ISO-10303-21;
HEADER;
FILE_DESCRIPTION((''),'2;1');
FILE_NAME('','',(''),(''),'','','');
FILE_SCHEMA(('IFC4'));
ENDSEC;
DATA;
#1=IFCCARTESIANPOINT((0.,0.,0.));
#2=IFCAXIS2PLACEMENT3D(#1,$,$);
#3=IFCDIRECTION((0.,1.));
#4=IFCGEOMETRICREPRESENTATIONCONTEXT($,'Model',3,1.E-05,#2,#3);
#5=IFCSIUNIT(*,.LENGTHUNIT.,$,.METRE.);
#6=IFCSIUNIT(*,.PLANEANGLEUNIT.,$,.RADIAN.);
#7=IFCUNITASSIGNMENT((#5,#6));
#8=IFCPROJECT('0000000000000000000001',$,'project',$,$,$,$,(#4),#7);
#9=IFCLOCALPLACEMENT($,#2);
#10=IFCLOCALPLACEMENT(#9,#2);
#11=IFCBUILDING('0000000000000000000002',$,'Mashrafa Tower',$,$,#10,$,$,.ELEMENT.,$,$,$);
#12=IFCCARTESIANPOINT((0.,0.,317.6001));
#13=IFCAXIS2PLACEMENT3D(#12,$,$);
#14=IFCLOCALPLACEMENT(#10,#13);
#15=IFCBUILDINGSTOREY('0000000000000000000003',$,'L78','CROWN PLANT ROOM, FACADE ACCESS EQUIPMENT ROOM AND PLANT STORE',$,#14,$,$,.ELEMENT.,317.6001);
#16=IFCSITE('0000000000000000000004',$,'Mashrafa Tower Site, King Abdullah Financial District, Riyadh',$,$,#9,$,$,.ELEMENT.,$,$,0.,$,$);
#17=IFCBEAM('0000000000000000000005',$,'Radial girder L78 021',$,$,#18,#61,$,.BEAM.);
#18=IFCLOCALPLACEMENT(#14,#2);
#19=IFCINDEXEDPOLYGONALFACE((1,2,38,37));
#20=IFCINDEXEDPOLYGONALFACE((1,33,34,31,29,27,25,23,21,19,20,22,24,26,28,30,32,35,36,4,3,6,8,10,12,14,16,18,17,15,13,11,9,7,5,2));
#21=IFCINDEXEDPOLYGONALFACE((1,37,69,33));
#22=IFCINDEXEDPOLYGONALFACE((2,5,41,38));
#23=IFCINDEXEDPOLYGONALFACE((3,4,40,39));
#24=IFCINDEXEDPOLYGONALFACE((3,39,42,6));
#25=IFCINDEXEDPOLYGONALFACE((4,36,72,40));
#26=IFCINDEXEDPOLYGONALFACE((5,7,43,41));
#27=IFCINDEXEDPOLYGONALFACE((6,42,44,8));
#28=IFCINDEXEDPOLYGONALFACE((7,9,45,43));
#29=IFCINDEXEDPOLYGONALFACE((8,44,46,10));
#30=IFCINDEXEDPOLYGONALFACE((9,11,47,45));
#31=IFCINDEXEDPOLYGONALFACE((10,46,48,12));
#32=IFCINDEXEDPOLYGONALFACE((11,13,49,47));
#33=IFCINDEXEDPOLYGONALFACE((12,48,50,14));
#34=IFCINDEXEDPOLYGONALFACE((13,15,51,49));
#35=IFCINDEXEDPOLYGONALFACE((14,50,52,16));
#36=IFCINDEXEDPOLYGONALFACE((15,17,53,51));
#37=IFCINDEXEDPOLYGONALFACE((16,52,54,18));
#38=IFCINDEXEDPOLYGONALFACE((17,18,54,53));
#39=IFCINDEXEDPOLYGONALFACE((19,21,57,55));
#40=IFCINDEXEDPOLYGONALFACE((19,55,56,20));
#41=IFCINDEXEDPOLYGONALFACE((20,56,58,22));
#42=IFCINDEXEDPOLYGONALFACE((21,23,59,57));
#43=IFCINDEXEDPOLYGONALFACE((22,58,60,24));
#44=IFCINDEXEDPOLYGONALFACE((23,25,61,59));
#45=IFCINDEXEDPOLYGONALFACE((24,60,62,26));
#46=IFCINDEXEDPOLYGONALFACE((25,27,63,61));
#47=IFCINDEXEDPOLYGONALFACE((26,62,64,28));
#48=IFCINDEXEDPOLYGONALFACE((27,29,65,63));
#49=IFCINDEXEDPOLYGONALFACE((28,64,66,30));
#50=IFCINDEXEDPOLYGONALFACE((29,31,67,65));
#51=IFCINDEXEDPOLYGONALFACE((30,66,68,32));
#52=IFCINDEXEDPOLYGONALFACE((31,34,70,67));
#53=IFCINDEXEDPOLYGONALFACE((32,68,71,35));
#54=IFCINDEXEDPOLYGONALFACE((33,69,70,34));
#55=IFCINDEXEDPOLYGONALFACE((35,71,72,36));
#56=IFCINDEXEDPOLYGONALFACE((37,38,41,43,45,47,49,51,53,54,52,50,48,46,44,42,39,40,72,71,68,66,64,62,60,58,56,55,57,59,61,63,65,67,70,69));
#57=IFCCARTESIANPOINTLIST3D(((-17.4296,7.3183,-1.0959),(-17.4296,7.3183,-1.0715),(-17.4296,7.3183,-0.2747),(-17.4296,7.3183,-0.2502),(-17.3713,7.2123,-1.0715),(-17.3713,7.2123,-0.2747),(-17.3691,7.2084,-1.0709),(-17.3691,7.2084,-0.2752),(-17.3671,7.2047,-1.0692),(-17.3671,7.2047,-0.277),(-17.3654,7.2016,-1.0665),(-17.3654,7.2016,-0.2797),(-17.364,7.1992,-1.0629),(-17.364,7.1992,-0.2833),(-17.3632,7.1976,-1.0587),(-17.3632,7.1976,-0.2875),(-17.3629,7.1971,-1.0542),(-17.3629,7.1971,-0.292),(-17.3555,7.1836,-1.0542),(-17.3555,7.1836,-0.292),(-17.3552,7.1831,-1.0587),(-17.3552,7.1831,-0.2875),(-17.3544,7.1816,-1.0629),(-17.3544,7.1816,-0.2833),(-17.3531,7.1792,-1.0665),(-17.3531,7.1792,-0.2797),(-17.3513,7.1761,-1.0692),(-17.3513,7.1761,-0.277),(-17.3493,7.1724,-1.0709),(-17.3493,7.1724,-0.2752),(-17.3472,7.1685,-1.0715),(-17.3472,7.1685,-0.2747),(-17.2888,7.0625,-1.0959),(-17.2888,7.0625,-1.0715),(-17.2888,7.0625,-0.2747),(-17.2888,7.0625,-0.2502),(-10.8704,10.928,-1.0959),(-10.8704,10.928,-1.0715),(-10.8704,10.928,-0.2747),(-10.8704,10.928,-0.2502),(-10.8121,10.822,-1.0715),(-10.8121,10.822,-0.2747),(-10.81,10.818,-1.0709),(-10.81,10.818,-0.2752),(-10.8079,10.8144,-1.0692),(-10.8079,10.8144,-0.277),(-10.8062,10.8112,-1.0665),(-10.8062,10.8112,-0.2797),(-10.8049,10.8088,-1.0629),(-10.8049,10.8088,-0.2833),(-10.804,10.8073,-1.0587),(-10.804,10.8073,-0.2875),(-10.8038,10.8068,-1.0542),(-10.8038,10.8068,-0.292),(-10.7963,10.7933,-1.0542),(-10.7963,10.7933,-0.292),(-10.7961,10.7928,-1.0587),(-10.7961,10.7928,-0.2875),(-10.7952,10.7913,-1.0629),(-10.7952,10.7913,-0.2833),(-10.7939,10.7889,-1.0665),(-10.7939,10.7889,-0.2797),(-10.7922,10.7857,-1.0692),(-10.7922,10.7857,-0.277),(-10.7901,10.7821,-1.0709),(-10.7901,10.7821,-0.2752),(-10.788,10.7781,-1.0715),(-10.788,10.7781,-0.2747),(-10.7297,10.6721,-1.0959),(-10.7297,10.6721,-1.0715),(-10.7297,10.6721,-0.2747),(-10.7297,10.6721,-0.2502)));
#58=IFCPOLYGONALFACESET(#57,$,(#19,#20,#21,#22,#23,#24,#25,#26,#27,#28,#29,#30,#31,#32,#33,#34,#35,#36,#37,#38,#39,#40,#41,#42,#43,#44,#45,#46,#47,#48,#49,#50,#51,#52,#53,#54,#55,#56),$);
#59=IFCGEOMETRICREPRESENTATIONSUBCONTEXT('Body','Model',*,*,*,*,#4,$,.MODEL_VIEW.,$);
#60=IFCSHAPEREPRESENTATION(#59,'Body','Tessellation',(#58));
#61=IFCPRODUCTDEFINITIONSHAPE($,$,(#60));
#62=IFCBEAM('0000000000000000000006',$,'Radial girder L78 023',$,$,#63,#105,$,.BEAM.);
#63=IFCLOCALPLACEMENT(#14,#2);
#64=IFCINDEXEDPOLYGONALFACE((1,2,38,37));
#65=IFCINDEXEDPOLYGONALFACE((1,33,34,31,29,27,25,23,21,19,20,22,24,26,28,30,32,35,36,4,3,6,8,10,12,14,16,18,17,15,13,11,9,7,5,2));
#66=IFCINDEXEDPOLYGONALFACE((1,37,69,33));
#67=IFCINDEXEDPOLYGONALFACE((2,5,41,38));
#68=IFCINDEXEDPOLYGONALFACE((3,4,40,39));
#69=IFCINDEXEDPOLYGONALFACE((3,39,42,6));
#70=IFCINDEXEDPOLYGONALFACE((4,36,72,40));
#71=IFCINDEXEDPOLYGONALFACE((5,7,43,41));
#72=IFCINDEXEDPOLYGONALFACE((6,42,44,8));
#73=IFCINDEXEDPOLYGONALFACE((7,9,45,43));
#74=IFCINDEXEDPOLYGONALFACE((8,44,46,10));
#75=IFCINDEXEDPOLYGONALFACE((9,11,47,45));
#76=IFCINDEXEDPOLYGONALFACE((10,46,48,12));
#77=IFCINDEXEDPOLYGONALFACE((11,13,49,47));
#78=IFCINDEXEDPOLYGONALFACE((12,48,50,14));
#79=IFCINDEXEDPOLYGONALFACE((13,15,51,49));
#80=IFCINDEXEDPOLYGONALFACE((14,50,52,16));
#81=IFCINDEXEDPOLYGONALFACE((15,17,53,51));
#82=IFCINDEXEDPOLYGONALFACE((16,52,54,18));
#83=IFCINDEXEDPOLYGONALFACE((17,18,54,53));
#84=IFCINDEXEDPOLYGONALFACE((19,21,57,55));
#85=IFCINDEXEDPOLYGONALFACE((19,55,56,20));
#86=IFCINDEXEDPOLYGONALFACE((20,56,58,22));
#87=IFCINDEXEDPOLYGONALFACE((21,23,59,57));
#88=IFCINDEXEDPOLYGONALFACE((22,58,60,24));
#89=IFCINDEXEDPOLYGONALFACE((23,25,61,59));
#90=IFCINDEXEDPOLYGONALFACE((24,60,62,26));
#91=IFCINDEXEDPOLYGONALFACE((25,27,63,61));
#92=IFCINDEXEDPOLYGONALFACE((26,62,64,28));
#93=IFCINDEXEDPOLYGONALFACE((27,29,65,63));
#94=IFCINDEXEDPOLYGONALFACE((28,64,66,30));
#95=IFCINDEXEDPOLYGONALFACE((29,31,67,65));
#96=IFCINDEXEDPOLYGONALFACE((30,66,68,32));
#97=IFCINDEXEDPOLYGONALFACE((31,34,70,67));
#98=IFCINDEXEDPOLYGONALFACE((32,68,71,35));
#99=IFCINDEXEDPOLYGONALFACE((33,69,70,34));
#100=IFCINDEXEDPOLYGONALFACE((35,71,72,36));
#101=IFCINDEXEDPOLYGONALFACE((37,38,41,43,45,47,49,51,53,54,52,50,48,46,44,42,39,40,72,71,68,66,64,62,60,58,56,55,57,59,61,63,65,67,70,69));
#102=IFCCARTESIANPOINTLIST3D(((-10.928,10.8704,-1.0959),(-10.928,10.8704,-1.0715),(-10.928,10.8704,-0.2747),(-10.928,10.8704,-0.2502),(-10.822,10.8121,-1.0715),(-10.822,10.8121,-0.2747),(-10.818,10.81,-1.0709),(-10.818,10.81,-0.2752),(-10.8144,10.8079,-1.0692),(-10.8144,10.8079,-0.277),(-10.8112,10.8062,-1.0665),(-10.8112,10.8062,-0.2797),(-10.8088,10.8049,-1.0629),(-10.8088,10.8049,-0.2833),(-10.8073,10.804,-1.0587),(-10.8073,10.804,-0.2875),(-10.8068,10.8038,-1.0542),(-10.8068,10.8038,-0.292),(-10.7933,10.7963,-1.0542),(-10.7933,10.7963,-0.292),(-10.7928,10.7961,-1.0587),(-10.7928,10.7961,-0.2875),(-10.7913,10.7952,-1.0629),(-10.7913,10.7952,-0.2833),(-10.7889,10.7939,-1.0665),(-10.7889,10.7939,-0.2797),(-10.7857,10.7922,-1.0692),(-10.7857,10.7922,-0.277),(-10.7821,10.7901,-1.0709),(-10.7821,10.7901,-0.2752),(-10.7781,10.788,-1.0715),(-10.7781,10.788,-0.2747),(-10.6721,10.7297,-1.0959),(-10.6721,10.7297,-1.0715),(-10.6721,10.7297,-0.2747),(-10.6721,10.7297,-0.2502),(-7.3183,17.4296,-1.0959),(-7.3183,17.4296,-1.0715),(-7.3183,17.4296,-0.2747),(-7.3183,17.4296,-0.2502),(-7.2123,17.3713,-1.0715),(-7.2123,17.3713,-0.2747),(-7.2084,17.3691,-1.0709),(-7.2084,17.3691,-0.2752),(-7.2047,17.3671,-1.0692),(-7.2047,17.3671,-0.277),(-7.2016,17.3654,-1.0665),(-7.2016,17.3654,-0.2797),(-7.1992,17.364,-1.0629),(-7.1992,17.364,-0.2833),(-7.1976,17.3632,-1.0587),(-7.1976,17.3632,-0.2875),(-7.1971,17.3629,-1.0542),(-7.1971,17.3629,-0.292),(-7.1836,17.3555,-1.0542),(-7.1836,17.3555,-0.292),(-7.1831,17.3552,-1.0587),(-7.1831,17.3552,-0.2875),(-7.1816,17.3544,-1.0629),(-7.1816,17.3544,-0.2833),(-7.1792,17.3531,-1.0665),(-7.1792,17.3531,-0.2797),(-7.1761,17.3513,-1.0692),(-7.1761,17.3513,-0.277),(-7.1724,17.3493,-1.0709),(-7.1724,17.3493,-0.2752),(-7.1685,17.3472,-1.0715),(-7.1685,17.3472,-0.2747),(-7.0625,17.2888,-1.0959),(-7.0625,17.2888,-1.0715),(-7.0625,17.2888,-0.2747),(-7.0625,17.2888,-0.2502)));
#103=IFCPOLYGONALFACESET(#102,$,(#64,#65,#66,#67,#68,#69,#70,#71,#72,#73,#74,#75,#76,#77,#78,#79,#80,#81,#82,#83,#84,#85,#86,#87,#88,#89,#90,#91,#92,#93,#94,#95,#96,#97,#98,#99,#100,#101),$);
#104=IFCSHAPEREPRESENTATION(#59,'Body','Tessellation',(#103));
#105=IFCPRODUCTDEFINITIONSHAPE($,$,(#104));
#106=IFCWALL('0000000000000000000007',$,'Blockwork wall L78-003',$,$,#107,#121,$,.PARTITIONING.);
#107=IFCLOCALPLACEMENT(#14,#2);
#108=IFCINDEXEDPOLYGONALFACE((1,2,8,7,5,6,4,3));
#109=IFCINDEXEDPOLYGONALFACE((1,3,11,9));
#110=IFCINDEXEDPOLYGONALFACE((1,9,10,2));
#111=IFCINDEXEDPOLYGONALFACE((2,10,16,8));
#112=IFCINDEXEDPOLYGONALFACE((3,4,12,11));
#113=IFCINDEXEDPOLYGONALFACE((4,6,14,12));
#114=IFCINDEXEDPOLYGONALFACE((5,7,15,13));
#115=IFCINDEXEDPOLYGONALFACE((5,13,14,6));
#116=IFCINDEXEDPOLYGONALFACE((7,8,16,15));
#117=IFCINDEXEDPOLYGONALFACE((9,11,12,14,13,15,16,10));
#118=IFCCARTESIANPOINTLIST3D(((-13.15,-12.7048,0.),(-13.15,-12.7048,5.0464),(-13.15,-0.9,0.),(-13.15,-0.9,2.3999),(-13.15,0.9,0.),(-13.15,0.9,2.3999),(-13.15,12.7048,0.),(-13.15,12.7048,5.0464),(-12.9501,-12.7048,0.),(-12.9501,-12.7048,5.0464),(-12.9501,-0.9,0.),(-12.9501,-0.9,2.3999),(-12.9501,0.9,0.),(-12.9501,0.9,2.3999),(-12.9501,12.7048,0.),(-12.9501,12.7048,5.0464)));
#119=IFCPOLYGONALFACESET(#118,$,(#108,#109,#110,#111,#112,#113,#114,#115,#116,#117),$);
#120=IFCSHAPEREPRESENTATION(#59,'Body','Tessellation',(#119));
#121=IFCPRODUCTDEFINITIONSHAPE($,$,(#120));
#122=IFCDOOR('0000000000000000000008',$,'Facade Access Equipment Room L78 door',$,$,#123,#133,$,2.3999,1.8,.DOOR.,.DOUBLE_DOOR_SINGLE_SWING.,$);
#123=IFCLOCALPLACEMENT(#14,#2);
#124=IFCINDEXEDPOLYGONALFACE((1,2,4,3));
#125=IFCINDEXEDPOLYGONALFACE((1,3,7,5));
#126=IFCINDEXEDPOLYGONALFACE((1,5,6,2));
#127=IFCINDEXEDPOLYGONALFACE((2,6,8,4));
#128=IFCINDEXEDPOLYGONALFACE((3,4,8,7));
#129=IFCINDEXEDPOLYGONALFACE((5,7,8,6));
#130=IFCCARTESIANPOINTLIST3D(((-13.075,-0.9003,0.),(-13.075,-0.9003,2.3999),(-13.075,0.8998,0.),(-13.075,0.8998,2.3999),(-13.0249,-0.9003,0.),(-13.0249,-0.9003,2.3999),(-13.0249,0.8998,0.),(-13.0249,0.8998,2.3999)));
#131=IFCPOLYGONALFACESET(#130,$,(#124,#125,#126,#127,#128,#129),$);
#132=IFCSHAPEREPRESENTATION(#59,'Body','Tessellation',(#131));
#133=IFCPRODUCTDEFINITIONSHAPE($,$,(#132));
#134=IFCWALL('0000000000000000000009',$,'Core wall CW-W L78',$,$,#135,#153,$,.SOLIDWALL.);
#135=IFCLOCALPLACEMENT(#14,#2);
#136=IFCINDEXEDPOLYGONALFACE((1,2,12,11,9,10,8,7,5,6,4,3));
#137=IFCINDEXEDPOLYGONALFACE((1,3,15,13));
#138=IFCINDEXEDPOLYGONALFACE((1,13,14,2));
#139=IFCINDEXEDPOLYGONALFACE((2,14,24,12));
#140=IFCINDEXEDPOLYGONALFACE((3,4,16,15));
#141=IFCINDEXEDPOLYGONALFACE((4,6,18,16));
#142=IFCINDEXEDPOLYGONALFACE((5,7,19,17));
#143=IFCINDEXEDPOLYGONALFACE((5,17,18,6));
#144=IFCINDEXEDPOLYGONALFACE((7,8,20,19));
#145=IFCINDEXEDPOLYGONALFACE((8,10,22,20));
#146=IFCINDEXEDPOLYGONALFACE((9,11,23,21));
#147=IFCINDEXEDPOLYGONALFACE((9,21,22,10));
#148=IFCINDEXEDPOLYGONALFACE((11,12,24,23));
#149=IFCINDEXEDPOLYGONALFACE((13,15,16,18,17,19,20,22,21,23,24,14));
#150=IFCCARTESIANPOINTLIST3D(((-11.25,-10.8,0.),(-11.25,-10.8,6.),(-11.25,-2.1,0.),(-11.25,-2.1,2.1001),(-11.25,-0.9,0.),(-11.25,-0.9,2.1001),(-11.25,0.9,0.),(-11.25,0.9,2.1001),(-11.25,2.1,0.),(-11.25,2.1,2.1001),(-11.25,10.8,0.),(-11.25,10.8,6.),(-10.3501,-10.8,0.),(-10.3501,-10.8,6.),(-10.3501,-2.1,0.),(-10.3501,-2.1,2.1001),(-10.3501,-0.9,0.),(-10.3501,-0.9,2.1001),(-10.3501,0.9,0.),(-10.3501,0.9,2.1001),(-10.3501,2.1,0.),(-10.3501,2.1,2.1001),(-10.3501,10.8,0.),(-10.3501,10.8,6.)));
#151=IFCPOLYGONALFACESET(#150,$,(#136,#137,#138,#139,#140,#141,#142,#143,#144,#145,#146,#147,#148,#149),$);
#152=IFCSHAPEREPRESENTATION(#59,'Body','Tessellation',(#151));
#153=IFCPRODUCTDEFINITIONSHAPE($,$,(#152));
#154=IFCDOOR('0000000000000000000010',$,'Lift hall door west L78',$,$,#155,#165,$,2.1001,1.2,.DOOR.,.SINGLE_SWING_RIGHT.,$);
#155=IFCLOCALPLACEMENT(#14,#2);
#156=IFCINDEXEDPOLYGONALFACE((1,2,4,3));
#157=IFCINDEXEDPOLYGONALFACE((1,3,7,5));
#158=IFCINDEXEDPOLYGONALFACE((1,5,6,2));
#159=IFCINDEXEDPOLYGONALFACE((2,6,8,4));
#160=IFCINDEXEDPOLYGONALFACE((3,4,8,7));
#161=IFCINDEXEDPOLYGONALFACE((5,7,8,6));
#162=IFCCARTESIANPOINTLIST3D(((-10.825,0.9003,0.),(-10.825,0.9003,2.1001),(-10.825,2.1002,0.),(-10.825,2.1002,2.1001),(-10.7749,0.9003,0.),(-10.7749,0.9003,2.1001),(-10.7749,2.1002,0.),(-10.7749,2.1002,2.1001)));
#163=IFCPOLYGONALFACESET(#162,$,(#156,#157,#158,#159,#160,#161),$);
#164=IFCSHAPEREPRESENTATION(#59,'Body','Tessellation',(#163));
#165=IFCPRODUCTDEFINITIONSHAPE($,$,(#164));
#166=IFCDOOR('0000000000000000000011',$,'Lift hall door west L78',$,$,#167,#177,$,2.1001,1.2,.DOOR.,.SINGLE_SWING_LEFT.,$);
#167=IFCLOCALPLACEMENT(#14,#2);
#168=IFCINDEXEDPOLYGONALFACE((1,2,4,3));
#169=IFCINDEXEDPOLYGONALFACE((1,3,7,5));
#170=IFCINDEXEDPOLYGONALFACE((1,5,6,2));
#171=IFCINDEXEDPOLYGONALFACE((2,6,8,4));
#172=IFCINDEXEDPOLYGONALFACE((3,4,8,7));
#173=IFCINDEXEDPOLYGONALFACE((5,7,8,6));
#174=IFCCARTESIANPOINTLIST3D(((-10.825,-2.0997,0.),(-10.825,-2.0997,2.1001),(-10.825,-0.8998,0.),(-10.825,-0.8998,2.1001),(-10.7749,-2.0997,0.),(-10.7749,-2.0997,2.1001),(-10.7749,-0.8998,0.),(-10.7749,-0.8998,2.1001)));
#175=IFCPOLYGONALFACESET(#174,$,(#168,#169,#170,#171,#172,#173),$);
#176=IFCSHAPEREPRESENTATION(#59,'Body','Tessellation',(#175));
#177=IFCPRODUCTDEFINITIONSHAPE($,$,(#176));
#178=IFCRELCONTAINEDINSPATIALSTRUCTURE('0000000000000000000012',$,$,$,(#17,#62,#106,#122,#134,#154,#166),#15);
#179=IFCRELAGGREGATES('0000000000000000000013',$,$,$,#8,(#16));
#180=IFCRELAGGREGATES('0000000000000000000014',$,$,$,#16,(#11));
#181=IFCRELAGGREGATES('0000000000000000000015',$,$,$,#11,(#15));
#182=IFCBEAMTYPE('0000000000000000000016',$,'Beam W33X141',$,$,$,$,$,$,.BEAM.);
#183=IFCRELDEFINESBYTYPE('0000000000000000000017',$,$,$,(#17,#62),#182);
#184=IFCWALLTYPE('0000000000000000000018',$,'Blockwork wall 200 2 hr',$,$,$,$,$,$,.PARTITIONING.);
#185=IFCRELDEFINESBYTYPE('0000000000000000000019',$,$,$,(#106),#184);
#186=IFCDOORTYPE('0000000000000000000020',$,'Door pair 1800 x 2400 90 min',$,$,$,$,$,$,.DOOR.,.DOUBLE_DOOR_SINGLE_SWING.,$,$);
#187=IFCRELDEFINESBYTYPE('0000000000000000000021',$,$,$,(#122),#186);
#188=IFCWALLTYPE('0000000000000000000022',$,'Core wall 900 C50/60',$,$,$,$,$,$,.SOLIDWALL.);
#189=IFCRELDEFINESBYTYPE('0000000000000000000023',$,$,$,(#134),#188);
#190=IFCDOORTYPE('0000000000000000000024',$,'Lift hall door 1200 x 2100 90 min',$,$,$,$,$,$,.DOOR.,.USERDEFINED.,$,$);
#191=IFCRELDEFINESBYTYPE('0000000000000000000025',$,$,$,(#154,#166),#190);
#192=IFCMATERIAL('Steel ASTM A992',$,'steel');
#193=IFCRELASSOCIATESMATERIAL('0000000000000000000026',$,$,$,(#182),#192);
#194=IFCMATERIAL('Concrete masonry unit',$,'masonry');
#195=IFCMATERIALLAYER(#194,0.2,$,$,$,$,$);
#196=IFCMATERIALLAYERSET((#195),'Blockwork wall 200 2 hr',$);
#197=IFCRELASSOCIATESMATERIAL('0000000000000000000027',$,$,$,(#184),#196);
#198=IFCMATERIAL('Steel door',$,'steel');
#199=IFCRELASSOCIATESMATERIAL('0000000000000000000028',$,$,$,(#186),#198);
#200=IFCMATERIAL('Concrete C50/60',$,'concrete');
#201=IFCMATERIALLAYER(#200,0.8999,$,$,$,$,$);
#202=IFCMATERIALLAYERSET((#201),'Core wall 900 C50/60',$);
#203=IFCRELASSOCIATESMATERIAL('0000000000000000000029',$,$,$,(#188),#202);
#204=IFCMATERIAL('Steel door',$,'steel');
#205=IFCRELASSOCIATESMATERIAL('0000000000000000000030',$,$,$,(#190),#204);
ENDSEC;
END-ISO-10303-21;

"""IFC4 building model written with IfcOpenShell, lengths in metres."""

from ifc_helpers import new_model, si_unit, direction, frame, frame_2d, origin, origin_2d, place, context, subcontext, project, spatial, rectangle, i_section, extrude, material, layer, layer_set, material_profile, profile_set, type_object, element, fill, save


model = new_model("IFC4")

# Units and contexts
model_context = context("Model", 3, precision=1e-05, world=origin(), true_north=direction((0.0, 1.0)))
body_context = subcontext(model_context, "Body", "Model", "MODEL_VIEW")
ifc_project = project(units=[si_unit("LENGTHUNIT", "METRE"), si_unit("PLANEANGLEUNIT", "RADIAN")], contexts=[model_context])

# Site, building, storey
site_placement = place(None, origin())
site = spatial("IfcSite", under=ifc_project, at=site_placement, Name="Mashrafa Tower Site, King Abdullah Financial District, Riyadh", CompositionType="ELEMENT", RefElevation=0.0)
building_placement = place(site_placement, origin())
building = spatial("IfcBuilding", under=site, at=building_placement, Name="Mashrafa Tower", CompositionType="ELEMENT")
storey_placement = place(building_placement, frame((0.0, 0.0, 317.6001)))
storey = spatial("IfcBuildingStorey", under=building, at=storey_placement, Name="L78", Description="CROWN PLANT ROOM, FACADE ACCESS EQUIPMENT ROOM AND PLANT STORE", CompositionType="ELEMENT", Elevation=317.6001)

# Beams
ifc_material_1 = material(Name="Steel ASTM A992", Category="steel")
ifc_material_profile_1 = material_profile(ifc_material_1, i_section(OverallWidth=0.292, OverallDepth=0.8457, WebThickness=0.0154, FlangeThickness=0.0244, FilletRadius=0.0173, at=origin_2d()), Name="W33X141")
ifc_profile_set_1 = profile_set([ifc_material_profile_1], Name="Steel ASTM A992")
beam_type_1 = type_object("IfcBeamType", Name="Beam W33X141", PredefinedType="BEAM", material=ifc_profile_set_1)
for number, where, z_axis, x_axis, name in (
    (1, (-10.8, 10.8, -0.6731), (-0.876096, -0.482137, 0.0), (0.482137, -0.876096, 0.0), "Radial girder L78 021"),
    (2, (-10.8, 10.8, -0.6731), (0.482137, 0.876096, 0.0), (-0.876096, 0.482137, 0.0), "Radial girder L78 023"),
):
    element("IfcBeam", number, at=place(storey_placement, frame(where, z_axis=z_axis, x_axis=x_axis)), inside=storey, type_object=beam_type_1, Name=name, PredefinedType="BEAM", context=body_context, shape_type="SweptSolid", body=[
        extrude(i_section(OverallWidth=0.292, OverallDepth=0.8457, WebThickness=0.0154, FlangeThickness=0.0244, FilletRadius=0.0173, at=origin_2d()), origin(), (0.0, 0.0, 1.0), 7.4868),
    ])

# Wall, opening, door
ifc_material_2 = material(Name="Concrete masonry unit", Category="masonry")
ifc_layer_1 = layer(ifc_material_2, 0.2)
ifc_layer_set_1 = layer_set([ifc_layer_1], Name="Blockwork wall 200 2 hr")
wall_type_1 = type_object("IfcWallType", Name="Blockwork wall 200 2 hr", PredefinedType="PARTITIONING", material=ifc_layer_set_1)
wall_1_placement = place(storey_placement, frame((-13.05, 12.7048, 0.0), z_axis=(0.0, 0.0, 1.0), x_axis=(0.0, -1.0, 0.0)))
wall_1 = element("IfcWall", 3, at=wall_1_placement, inside=storey, type_object=wall_type_1, Name="Blockwork wall L78-003", PredefinedType="PARTITIONING", context=body_context, shape_type="SweptSolid", body=[
    extrude(rectangle(XDim=25.4097, YDim=0.2, at=frame_2d((12.7048, 0.0))), origin(), (0.0, 0.0, 1.0), 5.0464),
])
opening_1_placement = place(wall_1_placement, frame((11.8049, 0.0, 0.0)))
opening_1 = element("IfcOpeningElement", 4, at=opening_1_placement, cuts=wall_1, PredefinedType="OPENING", context=body_context, shape_type="SweptSolid", body=[
    extrude(rectangle(XDim=1.8, YDim=2.3999, at=frame_2d((0.8999, 1.2))), frame((0.0, 0.1099, 0.0), z_axis=(0.0, -1.0, 0.0), x_axis=(1.0, 0.0, 0.0)), (0.0, 0.0, 1.0), 0.22),
])
ifc_material_3 = material(Name="Steel door", Category="steel")
door_type_1 = type_object("IfcDoorType", Name="Door pair 1800 x 2400 90 min", OperationType="DOUBLE_DOOR_SINGLE_SWING", PredefinedType="DOOR", material=ifc_material_3)
door_1_placement = place(opening_1_placement, frame((1.8, 0.0, 0.0), z_axis=(0.0, 0.0, 1.0), x_axis=(-1.0, 0.0, 0.0)))
door_1 = element("IfcDoor", 5, at=door_1_placement, inside=storey, type_object=door_type_1, Name="Facade Access Equipment Room L78 door", OperationType="DOUBLE_DOOR_SINGLE_SWING", OverallHeight=2.3999, OverallWidth=1.8, PredefinedType="DOOR", context=body_context, shape_type="SweptSolid", body=[
    extrude(rectangle(XDim=1.8, YDim=2.3999, at=frame_2d((0.8999, 1.2))), frame((0.0, 0.0249, 0.0), z_axis=(0.0, -1.0, 0.0), x_axis=(1.0, 0.0, 0.0)), (0.0, 0.0, 1.0), 0.05),
])
fill(opening_1, door_1)

# Wall, openings, doors
ifc_material_4 = material(Name="Concrete C50/60", Category="concrete")
ifc_layer_2 = layer(ifc_material_4, 0.8999)
ifc_layer_set_2 = layer_set([ifc_layer_2], Name="Core wall 900 C50/60")
wall_type_2 = type_object("IfcWallType", Name="Core wall 900 C50/60", PredefinedType="SOLIDWALL", material=ifc_layer_set_2)
wall_2_placement = place(storey_placement, frame((-10.8, 10.8, 0.0), z_axis=(0.0, 0.0, 1.0), x_axis=(0.0, -1.0, 0.0)))
wall_2 = element("IfcWall", 6, at=wall_2_placement, inside=storey, type_object=wall_type_2, Name="Core wall CW-W L78", PredefinedType="SOLIDWALL", context=body_context, shape_type="SweptSolid", body=[
    extrude(rectangle(XDim=21.6001, YDim=0.8999, at=frame_2d((10.8, 0.0))), origin(), (0.0, 0.0, 1.0), 6.0),
])
opening_2_placement = place(wall_2_placement, frame((8.7, 0.0, 0.0)))
opening_2 = element("IfcOpeningElement", 7, at=opening_2_placement, cuts=wall_2, PredefinedType="OPENING", context=body_context, shape_type="SweptSolid", body=[
    extrude(rectangle(XDim=1.2, YDim=2.1001, at=frame_2d((0.6001, 1.05))), frame((0.0, 0.46, 0.0), z_axis=(0.0, -1.0, 0.0), x_axis=(1.0, 0.0, 0.0)), (0.0, 0.0, 1.0), 0.9199),
])
opening_3_placement = place(wall_2_placement, frame((11.7, 0.0, 0.0)))
opening_3 = element("IfcOpeningElement", 8, at=opening_3_placement, cuts=wall_2, PredefinedType="OPENING", context=body_context, shape_type="SweptSolid", body=[
    extrude(rectangle(XDim=1.2, YDim=2.1001, at=frame_2d((0.6001, 1.05))), frame((0.0, 0.46, 0.0), z_axis=(0.0, -1.0, 0.0), x_axis=(1.0, 0.0, 0.0)), (0.0, 0.0, 1.0), 0.9199),
])
ifc_material_5 = material(Name="Steel door", Category="steel")
door_type_2 = type_object("IfcDoorType", Name="Lift hall door 1200 x 2100 90 min", OperationType="USERDEFINED", PredefinedType="DOOR", material=ifc_material_5)
door_2_placement = place(opening_2_placement, frame((1.2, 0.0, 0.0), z_axis=(0.0, 0.0, 1.0), x_axis=(-1.0, 0.0, 0.0)))
door_2 = element("IfcDoor", 9, at=door_2_placement, inside=storey, type_object=door_type_2, Name="Lift hall door west L78", OperationType="SINGLE_SWING_RIGHT", OverallHeight=2.1001, OverallWidth=1.2, PredefinedType="DOOR", context=body_context, shape_type="SweptSolid", body=[
    extrude(rectangle(XDim=1.2, YDim=2.1001, at=frame_2d((0.6001, 1.05))), frame((0.0, 0.0249, 0.0), z_axis=(0.0, -1.0, 0.0), x_axis=(1.0, 0.0, 0.0)), (0.0, 0.0, 1.0), 0.05),
])
fill(opening_2, door_2)
door_3_placement = place(opening_3_placement, frame((1.2, 0.0, 0.0), z_axis=(0.0, 0.0, 1.0), x_axis=(-1.0, 0.0, 0.0)))
door_3 = element("IfcDoor", 10, at=door_3_placement, inside=storey, type_object=door_type_2, Name="Lift hall door west L78", OperationType="SINGLE_SWING_LEFT", OverallHeight=2.1001, OverallWidth=1.2, PredefinedType="DOOR", context=body_context, shape_type="SweptSolid", body=[
    extrude(rectangle(XDim=1.2, YDim=2.1001, at=frame_2d((0.6001, 1.05))), frame((0.0, 0.0249, 0.0), z_axis=(0.0, -1.0, 0.0), x_axis=(1.0, 0.0, 0.0)), (0.0, 0.0, 1.0), 0.05),
])
fill(opening_3, door_3)

save(model, "model.ifc")
